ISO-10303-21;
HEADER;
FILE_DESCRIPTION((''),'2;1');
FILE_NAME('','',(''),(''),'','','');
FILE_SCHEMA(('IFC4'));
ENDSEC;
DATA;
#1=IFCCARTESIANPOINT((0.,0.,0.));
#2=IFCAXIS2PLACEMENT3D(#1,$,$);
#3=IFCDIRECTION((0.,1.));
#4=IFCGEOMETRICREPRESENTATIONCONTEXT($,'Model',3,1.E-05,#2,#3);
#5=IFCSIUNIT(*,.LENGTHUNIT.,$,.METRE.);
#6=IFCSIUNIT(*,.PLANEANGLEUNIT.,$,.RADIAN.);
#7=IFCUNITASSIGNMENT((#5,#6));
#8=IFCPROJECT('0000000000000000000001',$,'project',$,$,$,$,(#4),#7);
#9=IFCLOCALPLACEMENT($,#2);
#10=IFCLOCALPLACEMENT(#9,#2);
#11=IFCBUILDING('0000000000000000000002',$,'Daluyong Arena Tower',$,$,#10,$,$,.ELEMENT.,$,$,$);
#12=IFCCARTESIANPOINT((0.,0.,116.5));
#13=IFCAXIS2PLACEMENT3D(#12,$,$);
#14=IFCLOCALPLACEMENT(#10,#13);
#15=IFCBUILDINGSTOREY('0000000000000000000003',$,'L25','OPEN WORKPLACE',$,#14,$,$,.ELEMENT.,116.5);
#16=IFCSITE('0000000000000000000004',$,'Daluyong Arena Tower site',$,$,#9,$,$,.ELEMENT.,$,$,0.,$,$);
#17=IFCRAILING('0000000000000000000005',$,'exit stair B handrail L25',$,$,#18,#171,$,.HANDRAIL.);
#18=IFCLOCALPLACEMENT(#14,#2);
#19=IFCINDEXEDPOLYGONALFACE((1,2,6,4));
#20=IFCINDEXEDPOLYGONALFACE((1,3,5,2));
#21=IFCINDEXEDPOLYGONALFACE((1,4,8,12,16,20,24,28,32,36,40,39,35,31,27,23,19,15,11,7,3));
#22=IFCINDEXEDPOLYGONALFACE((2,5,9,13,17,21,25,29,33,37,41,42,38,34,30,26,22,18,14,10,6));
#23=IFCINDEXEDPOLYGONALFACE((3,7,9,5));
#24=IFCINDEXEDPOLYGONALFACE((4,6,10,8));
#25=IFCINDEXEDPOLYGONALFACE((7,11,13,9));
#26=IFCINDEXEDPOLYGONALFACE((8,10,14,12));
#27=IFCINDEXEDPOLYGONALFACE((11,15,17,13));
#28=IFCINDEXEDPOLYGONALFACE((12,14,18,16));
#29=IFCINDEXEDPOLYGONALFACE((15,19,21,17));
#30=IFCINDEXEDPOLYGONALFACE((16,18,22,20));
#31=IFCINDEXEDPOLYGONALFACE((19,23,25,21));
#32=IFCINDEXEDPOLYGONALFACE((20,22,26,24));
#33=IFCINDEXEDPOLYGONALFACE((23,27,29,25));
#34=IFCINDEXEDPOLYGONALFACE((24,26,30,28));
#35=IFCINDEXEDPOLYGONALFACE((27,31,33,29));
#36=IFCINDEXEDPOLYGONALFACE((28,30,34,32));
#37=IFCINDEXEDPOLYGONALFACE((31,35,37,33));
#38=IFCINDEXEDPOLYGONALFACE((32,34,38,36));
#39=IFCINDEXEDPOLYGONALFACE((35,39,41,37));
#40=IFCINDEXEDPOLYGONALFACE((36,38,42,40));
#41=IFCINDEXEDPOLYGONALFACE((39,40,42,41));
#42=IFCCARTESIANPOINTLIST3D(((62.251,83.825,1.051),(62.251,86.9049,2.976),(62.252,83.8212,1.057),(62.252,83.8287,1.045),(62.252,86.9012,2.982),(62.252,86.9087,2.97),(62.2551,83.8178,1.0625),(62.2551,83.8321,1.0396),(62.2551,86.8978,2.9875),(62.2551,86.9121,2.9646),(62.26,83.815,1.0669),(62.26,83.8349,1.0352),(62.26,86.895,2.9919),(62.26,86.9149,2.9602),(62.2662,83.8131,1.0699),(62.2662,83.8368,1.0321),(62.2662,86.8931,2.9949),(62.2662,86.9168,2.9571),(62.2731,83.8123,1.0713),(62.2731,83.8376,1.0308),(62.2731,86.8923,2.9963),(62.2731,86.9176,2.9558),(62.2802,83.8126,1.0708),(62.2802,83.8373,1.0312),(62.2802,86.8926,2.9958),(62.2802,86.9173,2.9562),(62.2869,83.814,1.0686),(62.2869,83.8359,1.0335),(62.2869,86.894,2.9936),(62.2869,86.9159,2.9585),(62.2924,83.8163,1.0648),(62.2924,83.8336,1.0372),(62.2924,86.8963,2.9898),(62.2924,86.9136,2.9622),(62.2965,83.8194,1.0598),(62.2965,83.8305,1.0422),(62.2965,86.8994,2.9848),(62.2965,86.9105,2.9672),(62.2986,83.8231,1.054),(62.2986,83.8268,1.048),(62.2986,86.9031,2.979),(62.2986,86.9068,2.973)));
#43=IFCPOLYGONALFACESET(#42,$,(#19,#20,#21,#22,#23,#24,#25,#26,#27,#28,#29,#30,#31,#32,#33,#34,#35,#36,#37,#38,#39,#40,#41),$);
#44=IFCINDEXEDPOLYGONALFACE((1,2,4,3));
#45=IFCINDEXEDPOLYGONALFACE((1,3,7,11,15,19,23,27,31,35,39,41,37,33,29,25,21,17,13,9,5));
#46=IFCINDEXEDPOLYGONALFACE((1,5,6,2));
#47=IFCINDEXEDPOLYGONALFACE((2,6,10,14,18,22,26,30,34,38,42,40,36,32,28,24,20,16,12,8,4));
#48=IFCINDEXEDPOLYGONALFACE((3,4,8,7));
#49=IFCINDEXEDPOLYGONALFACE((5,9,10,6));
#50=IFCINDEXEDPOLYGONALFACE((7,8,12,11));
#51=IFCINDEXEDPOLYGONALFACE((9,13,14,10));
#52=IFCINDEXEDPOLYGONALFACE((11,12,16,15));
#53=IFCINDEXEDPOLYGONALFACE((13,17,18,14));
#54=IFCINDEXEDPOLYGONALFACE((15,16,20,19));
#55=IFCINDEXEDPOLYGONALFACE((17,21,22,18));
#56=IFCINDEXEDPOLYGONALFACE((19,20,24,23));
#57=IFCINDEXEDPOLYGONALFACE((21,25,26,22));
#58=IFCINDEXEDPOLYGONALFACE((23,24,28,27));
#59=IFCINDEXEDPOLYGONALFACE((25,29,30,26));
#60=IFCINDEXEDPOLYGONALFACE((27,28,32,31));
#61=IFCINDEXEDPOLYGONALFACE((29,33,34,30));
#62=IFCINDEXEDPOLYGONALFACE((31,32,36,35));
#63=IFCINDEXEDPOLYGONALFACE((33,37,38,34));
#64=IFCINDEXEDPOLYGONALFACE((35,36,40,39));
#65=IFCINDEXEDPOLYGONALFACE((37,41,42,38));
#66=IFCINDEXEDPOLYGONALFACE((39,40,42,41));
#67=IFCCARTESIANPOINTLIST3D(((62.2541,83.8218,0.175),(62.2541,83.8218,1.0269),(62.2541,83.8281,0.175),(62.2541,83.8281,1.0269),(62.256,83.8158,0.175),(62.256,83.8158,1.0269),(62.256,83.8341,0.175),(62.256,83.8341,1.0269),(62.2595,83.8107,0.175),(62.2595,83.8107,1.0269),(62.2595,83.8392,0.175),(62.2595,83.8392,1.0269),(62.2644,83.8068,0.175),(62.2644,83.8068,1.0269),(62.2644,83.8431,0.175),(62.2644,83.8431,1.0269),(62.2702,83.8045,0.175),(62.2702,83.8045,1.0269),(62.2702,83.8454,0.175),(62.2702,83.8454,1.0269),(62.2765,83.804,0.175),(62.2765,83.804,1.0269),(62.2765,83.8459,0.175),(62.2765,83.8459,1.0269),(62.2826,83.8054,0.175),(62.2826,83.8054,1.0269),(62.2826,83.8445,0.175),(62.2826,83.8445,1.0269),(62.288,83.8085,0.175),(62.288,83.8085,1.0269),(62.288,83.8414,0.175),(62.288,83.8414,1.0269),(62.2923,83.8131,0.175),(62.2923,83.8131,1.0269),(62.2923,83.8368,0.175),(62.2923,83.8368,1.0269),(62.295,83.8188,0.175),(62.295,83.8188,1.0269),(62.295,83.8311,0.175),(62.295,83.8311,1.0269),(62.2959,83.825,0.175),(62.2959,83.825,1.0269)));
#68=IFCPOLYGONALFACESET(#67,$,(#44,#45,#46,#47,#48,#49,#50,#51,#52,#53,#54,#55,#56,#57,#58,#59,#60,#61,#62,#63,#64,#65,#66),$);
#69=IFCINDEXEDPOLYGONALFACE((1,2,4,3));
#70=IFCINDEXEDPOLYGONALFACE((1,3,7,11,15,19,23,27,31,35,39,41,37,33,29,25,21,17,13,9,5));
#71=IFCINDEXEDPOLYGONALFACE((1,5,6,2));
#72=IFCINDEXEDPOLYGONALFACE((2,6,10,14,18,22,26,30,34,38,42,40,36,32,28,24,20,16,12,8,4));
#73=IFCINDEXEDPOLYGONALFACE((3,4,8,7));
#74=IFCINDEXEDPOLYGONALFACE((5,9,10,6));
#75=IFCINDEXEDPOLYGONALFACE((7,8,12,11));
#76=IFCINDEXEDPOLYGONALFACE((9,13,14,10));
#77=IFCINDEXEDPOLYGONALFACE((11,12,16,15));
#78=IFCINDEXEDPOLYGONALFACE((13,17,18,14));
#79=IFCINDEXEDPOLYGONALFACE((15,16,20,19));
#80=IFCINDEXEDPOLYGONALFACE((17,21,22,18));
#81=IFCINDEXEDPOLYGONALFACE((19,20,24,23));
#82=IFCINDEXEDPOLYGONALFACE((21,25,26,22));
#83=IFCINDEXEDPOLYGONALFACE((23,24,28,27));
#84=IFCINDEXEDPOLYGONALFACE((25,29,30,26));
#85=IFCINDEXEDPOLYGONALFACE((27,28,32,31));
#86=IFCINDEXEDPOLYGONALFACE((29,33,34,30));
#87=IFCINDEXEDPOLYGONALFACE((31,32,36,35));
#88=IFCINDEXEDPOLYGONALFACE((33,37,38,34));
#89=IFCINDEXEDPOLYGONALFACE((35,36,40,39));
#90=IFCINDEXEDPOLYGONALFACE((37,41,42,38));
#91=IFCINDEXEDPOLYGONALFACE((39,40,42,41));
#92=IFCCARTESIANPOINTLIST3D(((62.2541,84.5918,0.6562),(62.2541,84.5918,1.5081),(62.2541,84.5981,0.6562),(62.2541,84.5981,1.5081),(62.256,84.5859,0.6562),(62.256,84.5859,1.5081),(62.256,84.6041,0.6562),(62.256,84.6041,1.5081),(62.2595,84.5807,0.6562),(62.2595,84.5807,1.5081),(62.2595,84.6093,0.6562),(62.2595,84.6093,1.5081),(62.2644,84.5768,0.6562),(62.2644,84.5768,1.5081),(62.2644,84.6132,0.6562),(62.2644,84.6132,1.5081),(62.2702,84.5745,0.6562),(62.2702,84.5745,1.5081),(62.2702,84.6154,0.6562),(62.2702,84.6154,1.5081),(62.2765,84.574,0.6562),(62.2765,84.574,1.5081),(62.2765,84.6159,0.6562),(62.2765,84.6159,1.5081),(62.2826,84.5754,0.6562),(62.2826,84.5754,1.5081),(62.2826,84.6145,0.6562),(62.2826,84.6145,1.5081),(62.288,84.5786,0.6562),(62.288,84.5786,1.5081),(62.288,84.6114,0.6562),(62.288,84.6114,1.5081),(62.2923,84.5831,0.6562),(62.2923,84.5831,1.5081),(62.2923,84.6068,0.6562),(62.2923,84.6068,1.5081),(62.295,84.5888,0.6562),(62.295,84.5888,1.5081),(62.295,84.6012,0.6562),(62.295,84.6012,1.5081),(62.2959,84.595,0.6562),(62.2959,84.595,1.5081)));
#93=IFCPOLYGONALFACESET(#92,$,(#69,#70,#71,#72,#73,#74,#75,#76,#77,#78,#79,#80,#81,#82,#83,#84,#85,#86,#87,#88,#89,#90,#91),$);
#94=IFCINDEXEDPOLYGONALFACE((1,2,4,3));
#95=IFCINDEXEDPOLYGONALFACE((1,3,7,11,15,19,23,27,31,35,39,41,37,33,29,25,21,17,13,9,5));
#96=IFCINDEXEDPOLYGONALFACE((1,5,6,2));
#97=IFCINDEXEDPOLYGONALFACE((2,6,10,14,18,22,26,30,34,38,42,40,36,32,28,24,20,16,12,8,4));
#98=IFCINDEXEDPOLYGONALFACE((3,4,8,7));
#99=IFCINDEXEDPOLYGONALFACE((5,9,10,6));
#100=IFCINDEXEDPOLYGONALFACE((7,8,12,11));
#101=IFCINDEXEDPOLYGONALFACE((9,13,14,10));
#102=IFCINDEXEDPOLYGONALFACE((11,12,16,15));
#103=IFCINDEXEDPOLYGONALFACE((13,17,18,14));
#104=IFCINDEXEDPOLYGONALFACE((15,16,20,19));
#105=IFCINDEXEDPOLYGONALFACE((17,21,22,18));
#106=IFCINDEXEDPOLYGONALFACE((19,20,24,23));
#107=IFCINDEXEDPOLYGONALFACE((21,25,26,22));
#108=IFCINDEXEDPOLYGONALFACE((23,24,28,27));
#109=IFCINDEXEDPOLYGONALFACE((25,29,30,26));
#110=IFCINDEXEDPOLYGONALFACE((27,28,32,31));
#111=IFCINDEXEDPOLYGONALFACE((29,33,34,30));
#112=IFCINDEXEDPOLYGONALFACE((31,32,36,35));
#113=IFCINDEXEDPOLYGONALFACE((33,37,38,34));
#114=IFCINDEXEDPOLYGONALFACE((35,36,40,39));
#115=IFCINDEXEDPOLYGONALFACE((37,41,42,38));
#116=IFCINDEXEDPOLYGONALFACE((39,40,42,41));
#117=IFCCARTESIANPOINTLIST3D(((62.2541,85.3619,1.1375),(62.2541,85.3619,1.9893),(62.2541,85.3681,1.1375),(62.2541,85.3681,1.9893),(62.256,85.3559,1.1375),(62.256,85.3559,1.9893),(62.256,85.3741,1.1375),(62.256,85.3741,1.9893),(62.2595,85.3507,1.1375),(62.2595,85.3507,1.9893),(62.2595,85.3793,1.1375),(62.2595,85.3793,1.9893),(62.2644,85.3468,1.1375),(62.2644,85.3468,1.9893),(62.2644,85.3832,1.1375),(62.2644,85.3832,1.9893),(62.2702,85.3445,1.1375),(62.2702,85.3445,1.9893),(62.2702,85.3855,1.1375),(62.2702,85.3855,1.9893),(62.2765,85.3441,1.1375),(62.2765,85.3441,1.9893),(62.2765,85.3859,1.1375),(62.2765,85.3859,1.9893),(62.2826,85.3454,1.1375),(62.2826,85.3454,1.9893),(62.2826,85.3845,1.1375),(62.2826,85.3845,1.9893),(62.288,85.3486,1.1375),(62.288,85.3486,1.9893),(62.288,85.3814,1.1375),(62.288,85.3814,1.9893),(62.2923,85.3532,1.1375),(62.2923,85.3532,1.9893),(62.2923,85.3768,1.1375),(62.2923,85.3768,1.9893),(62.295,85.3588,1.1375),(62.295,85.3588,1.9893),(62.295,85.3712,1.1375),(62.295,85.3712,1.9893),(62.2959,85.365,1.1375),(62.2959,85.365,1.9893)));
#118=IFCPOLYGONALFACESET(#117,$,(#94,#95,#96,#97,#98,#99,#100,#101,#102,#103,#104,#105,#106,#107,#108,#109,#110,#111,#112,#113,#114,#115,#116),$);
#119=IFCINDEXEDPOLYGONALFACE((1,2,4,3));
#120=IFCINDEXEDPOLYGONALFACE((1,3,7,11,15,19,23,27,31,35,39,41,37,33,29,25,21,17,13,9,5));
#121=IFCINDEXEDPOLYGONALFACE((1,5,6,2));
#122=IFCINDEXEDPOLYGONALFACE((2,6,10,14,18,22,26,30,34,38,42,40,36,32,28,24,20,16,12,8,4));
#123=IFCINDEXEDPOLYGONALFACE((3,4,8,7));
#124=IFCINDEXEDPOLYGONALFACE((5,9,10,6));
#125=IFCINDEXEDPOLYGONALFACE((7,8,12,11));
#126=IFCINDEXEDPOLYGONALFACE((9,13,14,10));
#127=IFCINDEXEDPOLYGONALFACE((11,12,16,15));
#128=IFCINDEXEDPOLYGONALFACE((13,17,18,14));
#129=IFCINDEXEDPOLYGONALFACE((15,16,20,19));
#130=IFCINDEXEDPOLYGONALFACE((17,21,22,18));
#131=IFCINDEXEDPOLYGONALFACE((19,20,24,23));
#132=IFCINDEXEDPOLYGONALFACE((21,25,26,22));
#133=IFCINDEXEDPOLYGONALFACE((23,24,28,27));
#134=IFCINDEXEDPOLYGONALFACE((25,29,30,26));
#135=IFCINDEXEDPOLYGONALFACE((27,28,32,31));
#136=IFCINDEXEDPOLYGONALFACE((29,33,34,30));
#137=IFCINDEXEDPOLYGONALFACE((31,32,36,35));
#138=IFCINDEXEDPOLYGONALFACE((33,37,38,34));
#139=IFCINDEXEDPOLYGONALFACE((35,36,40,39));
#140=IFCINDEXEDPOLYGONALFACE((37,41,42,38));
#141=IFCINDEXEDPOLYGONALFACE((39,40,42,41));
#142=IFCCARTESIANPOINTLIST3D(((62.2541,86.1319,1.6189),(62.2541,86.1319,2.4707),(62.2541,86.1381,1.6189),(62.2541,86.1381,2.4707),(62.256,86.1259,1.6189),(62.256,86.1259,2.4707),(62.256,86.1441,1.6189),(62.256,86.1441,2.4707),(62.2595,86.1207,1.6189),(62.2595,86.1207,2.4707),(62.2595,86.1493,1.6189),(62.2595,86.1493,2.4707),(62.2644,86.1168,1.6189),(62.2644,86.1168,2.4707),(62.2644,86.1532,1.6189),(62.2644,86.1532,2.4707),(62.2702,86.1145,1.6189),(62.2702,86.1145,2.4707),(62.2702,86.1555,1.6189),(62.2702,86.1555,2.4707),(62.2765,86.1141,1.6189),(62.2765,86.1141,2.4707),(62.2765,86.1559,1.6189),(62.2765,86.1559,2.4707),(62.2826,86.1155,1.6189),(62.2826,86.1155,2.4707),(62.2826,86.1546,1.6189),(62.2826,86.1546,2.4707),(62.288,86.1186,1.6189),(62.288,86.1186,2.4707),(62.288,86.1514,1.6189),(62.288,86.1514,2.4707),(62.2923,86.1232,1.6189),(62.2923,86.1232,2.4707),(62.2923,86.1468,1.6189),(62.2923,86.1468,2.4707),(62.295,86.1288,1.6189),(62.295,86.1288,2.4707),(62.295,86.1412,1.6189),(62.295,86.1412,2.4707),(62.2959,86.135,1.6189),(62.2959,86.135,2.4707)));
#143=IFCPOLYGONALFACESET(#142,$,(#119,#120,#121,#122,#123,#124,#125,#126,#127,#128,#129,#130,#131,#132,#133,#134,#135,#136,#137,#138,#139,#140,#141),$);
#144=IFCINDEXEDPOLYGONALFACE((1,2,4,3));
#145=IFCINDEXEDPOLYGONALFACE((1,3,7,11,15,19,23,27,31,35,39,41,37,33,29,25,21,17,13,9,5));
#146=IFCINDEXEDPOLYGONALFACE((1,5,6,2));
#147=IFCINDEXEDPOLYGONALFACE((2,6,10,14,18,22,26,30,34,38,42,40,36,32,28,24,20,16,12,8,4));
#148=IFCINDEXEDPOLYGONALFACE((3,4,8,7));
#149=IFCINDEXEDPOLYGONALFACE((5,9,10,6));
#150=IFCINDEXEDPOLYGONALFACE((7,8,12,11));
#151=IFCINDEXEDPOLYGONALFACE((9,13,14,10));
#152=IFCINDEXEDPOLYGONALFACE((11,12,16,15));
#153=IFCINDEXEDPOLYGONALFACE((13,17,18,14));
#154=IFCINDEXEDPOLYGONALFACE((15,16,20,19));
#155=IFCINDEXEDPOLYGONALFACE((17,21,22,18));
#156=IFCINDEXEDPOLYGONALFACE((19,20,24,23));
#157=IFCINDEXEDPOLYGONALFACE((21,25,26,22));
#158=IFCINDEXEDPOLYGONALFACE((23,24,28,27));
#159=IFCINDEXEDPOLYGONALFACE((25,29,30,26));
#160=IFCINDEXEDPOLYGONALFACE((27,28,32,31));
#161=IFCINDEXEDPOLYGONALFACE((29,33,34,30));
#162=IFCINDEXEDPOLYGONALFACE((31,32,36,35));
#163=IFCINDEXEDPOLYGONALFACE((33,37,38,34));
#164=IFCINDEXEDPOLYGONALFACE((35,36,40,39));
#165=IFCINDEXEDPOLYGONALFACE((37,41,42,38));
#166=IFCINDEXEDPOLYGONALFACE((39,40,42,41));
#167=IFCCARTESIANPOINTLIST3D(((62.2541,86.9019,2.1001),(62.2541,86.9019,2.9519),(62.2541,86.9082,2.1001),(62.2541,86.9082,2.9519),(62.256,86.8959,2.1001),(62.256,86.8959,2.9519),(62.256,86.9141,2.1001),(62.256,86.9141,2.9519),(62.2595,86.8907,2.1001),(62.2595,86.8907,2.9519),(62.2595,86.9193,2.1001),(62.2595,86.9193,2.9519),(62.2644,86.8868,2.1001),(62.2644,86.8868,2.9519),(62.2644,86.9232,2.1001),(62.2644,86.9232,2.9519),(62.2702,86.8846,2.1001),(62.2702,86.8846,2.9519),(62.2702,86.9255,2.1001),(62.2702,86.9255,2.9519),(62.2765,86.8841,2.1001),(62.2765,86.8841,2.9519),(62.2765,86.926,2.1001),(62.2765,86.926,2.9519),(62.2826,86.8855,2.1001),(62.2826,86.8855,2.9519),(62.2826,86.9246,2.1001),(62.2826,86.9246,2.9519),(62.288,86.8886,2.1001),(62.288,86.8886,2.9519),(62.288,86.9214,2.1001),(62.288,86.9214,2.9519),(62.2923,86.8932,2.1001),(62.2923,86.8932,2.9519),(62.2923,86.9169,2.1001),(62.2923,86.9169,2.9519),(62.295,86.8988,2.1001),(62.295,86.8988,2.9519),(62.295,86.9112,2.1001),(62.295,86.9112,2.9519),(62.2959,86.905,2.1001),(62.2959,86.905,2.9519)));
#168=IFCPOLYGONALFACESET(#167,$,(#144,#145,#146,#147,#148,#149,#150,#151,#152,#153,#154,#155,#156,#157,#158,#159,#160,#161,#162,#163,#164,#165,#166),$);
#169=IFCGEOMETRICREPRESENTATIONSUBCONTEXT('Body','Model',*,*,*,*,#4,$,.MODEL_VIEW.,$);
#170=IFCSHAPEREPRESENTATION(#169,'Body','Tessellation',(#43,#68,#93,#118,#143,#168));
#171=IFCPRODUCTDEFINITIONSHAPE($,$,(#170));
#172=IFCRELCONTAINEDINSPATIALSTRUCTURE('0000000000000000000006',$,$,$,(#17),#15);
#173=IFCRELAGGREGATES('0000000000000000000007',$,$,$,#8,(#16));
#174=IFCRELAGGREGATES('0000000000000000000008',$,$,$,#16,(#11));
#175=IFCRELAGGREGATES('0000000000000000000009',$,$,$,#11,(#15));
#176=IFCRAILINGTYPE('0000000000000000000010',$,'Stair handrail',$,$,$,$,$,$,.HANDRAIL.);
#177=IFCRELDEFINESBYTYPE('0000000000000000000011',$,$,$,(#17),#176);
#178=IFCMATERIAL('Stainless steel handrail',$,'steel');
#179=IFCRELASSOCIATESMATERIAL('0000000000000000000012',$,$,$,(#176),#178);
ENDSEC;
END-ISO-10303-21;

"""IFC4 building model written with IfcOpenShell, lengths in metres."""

from ifc_helpers import new_model, si_unit, direction, frame, origin, origin_2d, place, context, subcontext, project, spatial, circle, extrude, material, type_object, element, save


model = new_model("IFC4")

# Units and contexts
model_context = context("Model", 3, precision=1e-05, world=origin(), true_north=direction((0.0, 1.0)))
body_context = subcontext(model_context, "Body", "Model", "MODEL_VIEW")
ifc_project = project(units=[si_unit("LENGTHUNIT", "METRE"), si_unit("PLANEANGLEUNIT", "RADIAN")], contexts=[model_context])

# Site, building, storey
site_placement = place(None, origin())
site = spatial("IfcSite", under=ifc_project, at=site_placement, Name="Daluyong Arena Tower site", CompositionType="ELEMENT", RefElevation=0.0)
building_placement = place(site_placement, origin())
building = spatial("IfcBuilding", under=site, at=building_placement, Name="Daluyong Arena Tower", CompositionType="ELEMENT")
storey_placement = place(building_placement, frame((0.0, 0.0, 116.5)))
storey = spatial("IfcBuildingStorey", under=building, at=storey_placement, Name="L25", Description="OPEN WORKPLACE", CompositionType="ELEMENT", Elevation=116.5)

# Railing
ifc_material_1 = material(Name="Stainless steel handrail", Category="steel")
railing_type_1 = type_object("IfcRailingType", Name="Stair handrail", PredefinedType="HANDRAIL", material=ifc_material_1)
railing_1_placement = place(storey_placement, frame((62.2749, 83.825, 0.175)))
element("IfcRailing", 1, at=railing_1_placement, inside=storey, type_object=railing_type_1, Name="exit stair B handrail L25", PredefinedType="HANDRAIL", context=body_context, shape_type="SweptSolid", body=[
    extrude(circle(Radius=0.0239, at=origin_2d()), frame((0.0, 0.0, 0.876), z_axis=(0.0, 0.847998, 0.529999), x_axis=(-1.0, 0.0, 0.0)), (0.0, 0.0, 1.0), 3.6321),
    extrude(circle(Radius=0.021, at=origin_2d()), origin(), (0.0, 0.0, 1.0), 0.8518),
    extrude(circle(Radius=0.021, at=origin_2d()), frame((0.0, 0.77, 0.4812)), (0.0, 0.0, 1.0), 0.8518),
    extrude(circle(Radius=0.021, at=origin_2d()), frame((0.0, 1.54, 0.9624)), (0.0, 0.0, 1.0), 0.8518),
    extrude(circle(Radius=0.021, at=origin_2d()), frame((0.0, 2.3101, 1.4438)), (0.0, 0.0, 1.0), 0.8518),
    extrude(circle(Radius=0.021, at=origin_2d()), frame((0.0, 3.0801, 1.925)), (0.0, 0.0, 1.0), 0.8518),
])

save(model, "model.ifc")
